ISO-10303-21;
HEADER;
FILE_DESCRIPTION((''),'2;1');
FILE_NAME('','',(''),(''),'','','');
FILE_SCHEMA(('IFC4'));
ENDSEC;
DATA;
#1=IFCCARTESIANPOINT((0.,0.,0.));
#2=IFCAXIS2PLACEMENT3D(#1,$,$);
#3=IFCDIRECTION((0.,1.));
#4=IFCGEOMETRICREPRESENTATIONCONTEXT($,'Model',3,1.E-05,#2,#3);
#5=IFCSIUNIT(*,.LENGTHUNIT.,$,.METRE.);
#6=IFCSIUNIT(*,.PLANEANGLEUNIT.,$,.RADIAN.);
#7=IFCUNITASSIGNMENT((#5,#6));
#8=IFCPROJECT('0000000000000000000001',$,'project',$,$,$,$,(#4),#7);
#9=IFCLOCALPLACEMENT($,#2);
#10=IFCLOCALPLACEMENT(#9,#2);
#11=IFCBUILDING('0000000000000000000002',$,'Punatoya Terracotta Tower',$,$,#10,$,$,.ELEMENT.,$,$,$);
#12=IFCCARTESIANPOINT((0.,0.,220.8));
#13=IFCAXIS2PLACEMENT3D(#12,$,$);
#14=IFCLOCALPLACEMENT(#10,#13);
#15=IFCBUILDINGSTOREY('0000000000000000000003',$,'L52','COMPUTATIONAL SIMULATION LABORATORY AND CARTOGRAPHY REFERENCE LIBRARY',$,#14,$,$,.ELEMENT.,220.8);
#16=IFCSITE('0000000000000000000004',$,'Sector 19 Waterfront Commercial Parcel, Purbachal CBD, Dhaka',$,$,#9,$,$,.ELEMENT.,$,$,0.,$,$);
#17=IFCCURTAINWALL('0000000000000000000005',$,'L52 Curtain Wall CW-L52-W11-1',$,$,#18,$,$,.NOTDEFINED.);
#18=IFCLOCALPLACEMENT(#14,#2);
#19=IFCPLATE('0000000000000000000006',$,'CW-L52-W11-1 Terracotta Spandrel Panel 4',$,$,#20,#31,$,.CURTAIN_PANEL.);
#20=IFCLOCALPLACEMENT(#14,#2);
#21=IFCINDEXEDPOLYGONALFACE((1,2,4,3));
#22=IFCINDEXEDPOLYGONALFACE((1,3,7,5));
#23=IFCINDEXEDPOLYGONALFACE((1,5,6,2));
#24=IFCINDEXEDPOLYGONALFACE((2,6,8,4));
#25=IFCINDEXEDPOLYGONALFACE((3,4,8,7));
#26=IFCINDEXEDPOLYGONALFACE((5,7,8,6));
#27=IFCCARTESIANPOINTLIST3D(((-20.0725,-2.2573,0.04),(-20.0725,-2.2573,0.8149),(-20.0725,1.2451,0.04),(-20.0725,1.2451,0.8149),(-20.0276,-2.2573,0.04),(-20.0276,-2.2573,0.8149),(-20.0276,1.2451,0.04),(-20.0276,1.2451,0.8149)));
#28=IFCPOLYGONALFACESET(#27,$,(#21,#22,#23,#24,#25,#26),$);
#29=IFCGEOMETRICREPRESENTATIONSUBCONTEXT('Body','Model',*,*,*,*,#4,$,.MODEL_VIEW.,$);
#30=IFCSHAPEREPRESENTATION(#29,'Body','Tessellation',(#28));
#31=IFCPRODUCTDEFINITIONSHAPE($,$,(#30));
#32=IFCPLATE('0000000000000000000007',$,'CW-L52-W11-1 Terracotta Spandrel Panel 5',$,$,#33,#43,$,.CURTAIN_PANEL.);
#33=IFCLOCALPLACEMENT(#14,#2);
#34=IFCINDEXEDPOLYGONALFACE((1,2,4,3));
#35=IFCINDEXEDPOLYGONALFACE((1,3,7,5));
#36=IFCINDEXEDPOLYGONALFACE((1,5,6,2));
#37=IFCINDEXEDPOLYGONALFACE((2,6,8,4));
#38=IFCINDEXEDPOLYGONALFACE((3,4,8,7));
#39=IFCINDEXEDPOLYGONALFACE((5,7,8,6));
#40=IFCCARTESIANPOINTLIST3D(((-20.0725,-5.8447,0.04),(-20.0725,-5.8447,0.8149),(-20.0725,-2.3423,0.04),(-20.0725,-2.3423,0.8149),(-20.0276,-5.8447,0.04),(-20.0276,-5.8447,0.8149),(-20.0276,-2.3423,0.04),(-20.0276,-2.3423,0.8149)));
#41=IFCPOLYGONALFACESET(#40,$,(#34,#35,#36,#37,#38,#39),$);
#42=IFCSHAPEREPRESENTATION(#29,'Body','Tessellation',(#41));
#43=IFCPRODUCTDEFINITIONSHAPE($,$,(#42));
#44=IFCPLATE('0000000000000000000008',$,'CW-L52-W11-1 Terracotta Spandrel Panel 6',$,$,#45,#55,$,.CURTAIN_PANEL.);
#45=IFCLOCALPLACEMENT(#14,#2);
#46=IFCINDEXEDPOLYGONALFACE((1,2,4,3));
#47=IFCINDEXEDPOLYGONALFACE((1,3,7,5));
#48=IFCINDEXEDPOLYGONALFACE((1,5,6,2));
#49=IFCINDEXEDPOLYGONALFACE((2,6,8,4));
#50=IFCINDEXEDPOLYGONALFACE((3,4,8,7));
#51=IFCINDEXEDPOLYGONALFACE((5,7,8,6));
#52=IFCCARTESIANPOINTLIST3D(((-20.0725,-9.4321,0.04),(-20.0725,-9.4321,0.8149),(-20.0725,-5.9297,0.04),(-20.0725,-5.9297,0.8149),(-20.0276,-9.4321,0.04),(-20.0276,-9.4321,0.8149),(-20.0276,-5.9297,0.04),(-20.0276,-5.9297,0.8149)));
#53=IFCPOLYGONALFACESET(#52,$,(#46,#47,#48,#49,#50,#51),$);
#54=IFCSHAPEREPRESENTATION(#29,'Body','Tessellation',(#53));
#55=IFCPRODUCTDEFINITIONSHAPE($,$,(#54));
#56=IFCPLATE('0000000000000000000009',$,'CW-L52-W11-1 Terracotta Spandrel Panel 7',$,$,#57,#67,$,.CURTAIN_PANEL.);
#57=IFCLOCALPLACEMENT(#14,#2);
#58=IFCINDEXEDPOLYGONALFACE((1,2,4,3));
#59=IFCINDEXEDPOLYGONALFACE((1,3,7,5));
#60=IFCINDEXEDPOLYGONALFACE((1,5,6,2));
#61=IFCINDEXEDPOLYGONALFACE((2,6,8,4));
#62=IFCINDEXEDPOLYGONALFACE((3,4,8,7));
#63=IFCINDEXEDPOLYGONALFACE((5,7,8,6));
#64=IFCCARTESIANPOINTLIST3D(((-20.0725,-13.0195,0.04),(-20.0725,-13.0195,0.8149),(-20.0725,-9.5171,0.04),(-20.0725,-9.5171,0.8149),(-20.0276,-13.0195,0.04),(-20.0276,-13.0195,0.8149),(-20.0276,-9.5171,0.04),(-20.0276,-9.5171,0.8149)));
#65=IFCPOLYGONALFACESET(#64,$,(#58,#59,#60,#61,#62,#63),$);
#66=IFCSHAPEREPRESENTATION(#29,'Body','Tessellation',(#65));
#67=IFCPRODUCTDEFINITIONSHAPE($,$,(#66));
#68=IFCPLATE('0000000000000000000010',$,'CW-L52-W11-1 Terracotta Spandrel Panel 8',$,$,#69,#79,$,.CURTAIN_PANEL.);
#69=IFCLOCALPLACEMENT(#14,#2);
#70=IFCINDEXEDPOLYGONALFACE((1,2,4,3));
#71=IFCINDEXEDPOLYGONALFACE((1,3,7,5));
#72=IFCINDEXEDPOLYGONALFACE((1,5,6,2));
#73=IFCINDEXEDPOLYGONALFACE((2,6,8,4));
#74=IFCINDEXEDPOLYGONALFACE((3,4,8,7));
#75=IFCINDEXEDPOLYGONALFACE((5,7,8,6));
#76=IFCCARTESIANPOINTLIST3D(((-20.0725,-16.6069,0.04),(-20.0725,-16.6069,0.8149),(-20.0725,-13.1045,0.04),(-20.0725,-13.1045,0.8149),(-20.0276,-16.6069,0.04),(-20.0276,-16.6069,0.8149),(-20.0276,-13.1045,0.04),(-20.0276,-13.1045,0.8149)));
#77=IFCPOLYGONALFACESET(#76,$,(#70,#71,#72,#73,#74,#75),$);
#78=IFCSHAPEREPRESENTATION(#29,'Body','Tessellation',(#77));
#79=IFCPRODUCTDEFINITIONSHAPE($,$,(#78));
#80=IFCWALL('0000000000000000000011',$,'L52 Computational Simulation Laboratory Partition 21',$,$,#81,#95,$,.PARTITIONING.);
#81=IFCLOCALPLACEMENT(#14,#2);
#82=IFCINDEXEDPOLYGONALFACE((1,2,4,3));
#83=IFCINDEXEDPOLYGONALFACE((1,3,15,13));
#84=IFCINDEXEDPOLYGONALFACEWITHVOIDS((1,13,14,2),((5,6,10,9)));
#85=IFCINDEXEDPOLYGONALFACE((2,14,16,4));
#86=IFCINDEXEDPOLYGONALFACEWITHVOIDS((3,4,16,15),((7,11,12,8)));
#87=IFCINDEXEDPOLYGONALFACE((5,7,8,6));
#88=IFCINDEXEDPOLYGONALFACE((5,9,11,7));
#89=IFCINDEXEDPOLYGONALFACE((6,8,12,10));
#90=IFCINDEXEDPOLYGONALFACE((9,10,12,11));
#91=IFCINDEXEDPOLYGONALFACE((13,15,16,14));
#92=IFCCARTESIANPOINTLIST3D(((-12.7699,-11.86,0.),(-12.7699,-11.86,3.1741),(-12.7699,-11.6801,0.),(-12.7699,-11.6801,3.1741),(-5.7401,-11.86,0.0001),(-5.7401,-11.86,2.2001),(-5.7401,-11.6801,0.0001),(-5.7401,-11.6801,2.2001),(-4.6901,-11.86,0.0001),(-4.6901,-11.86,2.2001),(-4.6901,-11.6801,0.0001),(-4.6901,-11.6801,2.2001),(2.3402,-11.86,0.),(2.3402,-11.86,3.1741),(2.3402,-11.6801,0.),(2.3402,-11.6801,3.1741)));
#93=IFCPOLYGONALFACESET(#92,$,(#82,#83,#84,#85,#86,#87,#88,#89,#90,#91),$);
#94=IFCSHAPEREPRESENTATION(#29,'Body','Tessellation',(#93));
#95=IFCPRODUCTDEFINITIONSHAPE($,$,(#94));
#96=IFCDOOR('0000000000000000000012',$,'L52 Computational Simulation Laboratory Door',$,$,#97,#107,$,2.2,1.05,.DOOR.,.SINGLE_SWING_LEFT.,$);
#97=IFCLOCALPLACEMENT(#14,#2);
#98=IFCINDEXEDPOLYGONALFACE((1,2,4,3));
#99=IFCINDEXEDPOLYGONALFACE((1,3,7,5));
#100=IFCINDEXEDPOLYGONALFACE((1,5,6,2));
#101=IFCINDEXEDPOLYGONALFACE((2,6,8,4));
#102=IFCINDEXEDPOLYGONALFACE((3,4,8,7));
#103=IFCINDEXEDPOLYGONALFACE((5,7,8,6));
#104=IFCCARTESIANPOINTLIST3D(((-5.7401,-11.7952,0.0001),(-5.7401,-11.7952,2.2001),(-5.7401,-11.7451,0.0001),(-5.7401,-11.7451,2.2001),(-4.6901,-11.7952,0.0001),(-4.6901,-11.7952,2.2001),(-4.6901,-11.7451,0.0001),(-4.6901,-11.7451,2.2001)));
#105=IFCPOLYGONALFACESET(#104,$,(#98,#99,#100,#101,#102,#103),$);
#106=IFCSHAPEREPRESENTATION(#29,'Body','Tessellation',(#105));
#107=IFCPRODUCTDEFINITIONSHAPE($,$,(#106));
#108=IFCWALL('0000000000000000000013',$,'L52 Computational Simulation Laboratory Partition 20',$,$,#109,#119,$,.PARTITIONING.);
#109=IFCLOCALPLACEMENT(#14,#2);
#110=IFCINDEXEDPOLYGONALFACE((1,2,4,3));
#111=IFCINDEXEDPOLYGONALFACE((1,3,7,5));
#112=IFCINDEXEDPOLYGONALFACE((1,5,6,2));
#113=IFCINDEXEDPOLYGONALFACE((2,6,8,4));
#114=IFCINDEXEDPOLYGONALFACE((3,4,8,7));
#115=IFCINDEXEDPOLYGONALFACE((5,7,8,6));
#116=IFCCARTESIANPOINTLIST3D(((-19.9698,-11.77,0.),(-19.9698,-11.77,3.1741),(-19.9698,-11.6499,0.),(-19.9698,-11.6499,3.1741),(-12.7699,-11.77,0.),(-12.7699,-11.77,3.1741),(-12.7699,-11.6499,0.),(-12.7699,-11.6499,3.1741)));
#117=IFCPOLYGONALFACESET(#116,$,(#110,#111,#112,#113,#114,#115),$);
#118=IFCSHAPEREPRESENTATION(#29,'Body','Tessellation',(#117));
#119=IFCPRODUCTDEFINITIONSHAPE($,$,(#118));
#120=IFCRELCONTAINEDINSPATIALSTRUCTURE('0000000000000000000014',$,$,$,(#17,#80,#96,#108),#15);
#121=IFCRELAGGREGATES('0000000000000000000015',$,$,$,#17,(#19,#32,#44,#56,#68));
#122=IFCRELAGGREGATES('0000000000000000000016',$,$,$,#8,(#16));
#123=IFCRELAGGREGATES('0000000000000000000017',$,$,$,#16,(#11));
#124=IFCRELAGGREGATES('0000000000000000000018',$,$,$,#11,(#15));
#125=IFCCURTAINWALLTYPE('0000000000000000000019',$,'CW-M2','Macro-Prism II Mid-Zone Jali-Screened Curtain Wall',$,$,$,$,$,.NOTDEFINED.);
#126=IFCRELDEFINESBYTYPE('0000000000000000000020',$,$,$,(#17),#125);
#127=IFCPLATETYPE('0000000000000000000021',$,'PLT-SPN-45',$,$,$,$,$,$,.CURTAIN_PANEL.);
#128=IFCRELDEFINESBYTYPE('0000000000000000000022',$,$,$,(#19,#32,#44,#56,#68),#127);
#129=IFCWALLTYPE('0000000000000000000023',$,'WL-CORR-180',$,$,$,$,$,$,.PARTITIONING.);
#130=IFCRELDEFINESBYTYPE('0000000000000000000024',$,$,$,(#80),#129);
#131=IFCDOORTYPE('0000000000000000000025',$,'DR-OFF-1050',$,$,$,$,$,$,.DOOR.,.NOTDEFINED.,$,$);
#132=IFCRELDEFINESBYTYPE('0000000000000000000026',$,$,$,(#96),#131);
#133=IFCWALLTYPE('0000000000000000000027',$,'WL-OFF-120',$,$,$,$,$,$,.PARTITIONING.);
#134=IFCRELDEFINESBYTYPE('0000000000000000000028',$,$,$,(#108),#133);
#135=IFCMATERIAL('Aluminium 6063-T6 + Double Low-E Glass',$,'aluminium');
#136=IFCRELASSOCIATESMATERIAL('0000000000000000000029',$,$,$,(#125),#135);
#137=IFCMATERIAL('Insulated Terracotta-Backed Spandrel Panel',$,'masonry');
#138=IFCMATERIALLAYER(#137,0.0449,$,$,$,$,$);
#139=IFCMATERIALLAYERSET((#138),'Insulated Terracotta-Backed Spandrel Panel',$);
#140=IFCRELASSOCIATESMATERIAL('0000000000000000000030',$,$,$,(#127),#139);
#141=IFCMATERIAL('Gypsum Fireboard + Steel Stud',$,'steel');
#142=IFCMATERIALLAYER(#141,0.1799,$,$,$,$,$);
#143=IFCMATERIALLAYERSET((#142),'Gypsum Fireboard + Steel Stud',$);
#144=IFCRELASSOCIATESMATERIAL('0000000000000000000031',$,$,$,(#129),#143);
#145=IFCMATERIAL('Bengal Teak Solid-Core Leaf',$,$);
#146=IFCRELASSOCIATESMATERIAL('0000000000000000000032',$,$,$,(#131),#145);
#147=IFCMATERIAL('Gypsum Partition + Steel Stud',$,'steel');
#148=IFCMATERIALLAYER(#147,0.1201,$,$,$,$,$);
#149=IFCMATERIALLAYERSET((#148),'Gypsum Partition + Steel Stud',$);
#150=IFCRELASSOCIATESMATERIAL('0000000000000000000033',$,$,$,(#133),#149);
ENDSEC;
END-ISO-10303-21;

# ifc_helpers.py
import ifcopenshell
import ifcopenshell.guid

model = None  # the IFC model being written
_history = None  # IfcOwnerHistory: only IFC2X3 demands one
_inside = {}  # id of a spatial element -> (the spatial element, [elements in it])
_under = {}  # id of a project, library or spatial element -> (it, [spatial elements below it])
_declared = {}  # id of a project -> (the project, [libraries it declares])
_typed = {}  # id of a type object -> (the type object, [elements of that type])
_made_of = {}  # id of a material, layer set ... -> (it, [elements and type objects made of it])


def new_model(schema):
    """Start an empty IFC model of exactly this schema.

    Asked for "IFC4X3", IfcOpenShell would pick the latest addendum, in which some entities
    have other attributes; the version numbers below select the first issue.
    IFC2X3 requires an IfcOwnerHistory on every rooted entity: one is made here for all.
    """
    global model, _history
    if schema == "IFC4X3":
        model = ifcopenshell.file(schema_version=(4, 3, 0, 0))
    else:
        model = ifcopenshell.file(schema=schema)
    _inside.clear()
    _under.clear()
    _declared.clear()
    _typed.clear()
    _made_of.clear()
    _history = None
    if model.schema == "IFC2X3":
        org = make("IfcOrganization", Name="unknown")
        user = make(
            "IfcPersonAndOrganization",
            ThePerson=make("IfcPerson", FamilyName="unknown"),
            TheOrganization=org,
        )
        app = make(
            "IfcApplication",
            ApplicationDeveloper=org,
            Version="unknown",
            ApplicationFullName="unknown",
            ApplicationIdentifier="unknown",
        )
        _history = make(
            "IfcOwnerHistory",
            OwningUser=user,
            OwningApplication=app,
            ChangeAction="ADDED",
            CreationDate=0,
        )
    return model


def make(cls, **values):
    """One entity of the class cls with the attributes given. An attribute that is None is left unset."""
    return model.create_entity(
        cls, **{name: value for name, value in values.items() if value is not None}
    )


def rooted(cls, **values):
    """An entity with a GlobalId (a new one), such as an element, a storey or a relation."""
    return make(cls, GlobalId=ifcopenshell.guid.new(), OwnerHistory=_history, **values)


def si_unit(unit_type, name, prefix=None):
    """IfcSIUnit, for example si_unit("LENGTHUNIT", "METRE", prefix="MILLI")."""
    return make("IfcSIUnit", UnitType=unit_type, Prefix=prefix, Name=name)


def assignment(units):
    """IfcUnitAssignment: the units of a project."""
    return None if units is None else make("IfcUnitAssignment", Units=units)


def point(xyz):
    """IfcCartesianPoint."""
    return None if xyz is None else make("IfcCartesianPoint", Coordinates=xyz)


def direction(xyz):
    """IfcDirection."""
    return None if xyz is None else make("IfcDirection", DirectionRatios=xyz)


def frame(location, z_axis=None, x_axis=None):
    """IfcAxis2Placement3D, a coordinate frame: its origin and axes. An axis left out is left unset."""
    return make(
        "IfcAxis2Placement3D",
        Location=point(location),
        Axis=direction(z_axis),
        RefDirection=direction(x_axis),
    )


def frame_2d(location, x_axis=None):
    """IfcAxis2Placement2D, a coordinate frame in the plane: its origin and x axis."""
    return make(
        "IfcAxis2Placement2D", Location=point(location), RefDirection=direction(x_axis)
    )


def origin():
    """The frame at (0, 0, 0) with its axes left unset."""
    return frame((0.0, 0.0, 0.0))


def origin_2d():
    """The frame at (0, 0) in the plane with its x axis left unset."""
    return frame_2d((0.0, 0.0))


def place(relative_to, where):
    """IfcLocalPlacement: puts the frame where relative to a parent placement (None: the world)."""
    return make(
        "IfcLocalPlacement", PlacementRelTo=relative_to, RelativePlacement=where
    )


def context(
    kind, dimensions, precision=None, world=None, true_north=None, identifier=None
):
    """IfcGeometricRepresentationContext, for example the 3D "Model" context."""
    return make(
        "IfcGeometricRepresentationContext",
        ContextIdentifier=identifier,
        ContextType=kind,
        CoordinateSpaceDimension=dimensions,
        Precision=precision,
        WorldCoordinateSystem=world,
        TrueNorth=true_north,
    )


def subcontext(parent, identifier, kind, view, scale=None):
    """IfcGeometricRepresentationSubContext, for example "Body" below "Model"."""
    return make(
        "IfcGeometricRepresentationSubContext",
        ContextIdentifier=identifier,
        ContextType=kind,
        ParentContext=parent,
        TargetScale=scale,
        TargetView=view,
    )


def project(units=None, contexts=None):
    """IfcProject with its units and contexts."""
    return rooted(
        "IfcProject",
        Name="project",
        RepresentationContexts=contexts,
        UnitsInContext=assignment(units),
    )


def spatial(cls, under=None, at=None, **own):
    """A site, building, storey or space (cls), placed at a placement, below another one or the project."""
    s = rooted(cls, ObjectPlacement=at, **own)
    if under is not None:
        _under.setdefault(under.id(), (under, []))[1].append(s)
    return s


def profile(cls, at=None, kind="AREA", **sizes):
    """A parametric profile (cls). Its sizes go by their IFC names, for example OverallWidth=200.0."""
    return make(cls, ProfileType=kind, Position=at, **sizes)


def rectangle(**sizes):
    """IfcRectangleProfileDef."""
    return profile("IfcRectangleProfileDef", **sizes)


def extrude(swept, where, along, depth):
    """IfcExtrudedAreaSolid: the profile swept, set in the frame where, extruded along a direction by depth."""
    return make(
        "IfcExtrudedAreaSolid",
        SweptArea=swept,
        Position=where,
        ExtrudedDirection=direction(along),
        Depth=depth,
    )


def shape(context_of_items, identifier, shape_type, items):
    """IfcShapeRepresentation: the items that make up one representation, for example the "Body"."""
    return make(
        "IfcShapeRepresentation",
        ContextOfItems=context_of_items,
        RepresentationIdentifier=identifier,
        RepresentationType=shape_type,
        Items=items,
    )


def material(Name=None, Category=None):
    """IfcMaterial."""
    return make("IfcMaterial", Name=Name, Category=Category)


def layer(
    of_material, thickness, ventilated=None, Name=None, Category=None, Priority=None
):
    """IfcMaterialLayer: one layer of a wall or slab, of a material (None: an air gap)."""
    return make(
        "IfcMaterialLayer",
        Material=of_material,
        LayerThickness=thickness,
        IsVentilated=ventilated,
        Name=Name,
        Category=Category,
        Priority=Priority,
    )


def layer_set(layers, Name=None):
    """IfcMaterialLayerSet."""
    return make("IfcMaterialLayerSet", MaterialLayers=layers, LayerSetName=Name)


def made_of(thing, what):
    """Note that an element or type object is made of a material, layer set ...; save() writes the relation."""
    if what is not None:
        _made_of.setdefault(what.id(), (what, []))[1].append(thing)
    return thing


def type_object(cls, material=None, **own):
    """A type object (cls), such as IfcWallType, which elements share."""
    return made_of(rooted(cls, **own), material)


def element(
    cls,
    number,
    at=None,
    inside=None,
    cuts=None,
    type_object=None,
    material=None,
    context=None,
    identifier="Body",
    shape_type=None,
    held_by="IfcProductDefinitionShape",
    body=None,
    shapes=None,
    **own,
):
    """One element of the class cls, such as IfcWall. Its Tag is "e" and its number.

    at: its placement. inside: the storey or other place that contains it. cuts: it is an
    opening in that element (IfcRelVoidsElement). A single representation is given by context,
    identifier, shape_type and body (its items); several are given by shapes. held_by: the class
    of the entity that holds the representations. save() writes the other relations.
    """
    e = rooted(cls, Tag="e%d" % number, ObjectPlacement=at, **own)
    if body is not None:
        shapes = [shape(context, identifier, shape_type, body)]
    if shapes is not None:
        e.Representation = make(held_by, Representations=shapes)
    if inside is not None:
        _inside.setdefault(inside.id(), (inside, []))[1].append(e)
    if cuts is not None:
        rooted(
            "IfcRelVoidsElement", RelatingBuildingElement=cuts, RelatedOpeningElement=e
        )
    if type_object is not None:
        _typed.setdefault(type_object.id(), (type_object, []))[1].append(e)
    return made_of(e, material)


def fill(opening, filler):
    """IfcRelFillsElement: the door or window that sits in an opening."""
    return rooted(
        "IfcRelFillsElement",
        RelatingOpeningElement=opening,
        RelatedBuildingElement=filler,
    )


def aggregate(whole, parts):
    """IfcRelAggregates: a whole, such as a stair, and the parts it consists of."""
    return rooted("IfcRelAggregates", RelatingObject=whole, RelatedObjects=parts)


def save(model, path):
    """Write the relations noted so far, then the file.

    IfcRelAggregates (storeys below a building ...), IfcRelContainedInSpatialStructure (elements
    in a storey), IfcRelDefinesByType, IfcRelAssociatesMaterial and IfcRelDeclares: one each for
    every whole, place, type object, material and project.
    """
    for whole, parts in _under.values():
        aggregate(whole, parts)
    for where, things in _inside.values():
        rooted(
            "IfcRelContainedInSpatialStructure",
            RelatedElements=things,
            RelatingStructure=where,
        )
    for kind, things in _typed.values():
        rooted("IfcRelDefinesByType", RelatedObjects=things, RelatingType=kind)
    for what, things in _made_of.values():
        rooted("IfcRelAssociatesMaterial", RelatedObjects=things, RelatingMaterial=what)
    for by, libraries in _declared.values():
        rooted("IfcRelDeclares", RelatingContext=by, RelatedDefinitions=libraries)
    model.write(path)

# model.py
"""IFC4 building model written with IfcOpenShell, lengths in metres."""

from ifc_helpers import new_model, si_unit, direction, frame, frame_2d, origin, origin_2d, place, context, subcontext, project, spatial, rectangle, extrude, material, layer, layer_set, type_object, element, fill, aggregate, save


model = new_model("IFC4")

# Units and contexts
model_context = context("Model", 3, precision=1e-05, world=origin(), true_north=direction((0.0, 1.0)))
body_context = subcontext(model_context, "Body", "Model", "MODEL_VIEW")
ifc_project = project(units=[si_unit("LENGTHUNIT", "METRE"), si_unit("PLANEANGLEUNIT", "RADIAN")], contexts=[model_context])

# Site, building, storey
site_placement = place(None, origin())
site = spatial("IfcSite", under=ifc_project, at=site_placement, Name="Sector 19 Waterfront Commercial Parcel, Purbachal CBD, Dhaka", CompositionType="ELEMENT", RefElevation=0.0)
building_placement = place(site_placement, origin())
building = spatial("IfcBuilding", under=site, at=building_placement, Name="Punatoya Terracotta Tower", CompositionType="ELEMENT")
storey_placement = place(building_placement, frame((0.0, 0.0, 220.8)))
storey = spatial("IfcBuildingStorey", under=building, at=storey_placement, Name="L52", Description="COMPUTATIONAL SIMULATION LABORATORY AND CARTOGRAPHY REFERENCE LIBRARY", CompositionType="ELEMENT", Elevation=220.8)

# Curtain wall, plates
ifc_material_1 = material(Name="Aluminium 6063-T6 + Double Low-E Glass", Category="aluminium")
curtain_wall_type = type_object("IfcCurtainWallType", Name="CW-M2", Description="Macro-Prism II Mid-Zone Jali-Screened Curtain Wall", PredefinedType="NOTDEFINED", material=ifc_material_1)
curtain_wall_placement = place(storey_placement, origin())
curtain_wall = element("IfcCurtainWall", 1, at=curtain_wall_placement, inside=storey, type_object=curtain_wall_type, Name="L52 Curtain Wall CW-L52-W11-1", PredefinedType="NOTDEFINED")
ifc_material_2 = material(Name="Insulated Terracotta-Backed Spandrel Panel", Category="masonry")
ifc_layer_1 = layer(ifc_material_2, 0.0449)
ifc_layer_set_1 = layer_set([ifc_layer_1], Name="Insulated Terracotta-Backed Spandrel Panel")
plate_type_1 = type_object("IfcPlateType", Name="PLT-SPN-45", PredefinedType="CURTAIN_PANEL", material=ifc_layer_set_1)
plate_1_placement = place(storey_placement, frame((-20.05, -0.5061, 0.04), z_axis=(0.0, 0.0, 1.0), x_axis=(0.0, -1.0, 0.0)))
plate_1 = element("IfcPlate", 2, at=plate_1_placement, type_object=plate_type_1, Name="CW-L52-W11-1 Terracotta Spandrel Panel 4", PredefinedType="CURTAIN_PANEL", context=body_context, shape_type="SweptSolid", body=[
    extrude(rectangle(XDim=3.5024, YDim=0.0449, at=origin_2d()), origin(), (0.0, 0.0, 1.0), 0.7749),
])
plate_2_placement = place(storey_placement, frame((-20.05, -4.0935, 0.04), z_axis=(0.0, 0.0, 1.0), x_axis=(0.0, -1.0, 0.0)))
plate_2 = element("IfcPlate", 3, at=plate_2_placement, type_object=plate_type_1, Name="CW-L52-W11-1 Terracotta Spandrel Panel 5", PredefinedType="CURTAIN_PANEL", context=body_context, shape_type="SweptSolid", body=[
    extrude(rectangle(XDim=3.5024, YDim=0.0449, at=origin_2d()), origin(), (0.0, 0.0, 1.0), 0.7749),
])
plate_3_placement = place(storey_placement, frame((-20.05, -7.6809, 0.04), z_axis=(0.0, 0.0, 1.0), x_axis=(0.0, -1.0, 0.0)))
plate_3 = element("IfcPlate", 4, at=plate_3_placement, type_object=plate_type_1, Name="CW-L52-W11-1 Terracotta Spandrel Panel 6", PredefinedType="CURTAIN_PANEL", context=body_context, shape_type="SweptSolid", body=[
    extrude(rectangle(XDim=3.5024, YDim=0.0449, at=origin_2d()), origin(), (0.0, 0.0, 1.0), 0.7749),
])
plate_4_placement = place(storey_placement, frame((-20.05, -11.2683, 0.04), z_axis=(0.0, 0.0, 1.0), x_axis=(0.0, -1.0, 0.0)))
plate_4 = element("IfcPlate", 5, at=plate_4_placement, type_object=plate_type_1, Name="CW-L52-W11-1 Terracotta Spandrel Panel 7", PredefinedType="CURTAIN_PANEL", context=body_context, shape_type="SweptSolid", body=[
    extrude(rectangle(XDim=3.5024, YDim=0.0449, at=origin_2d()), origin(), (0.0, 0.0, 1.0), 0.7749),
])
plate_5_placement = place(storey_placement, frame((-20.05, -14.8557, 0.04), z_axis=(0.0, 0.0, 1.0), x_axis=(0.0, -1.0, 0.0)))
plate_5 = element("IfcPlate", 6, at=plate_5_placement, type_object=plate_type_1, Name="CW-L52-W11-1 Terracotta Spandrel Panel 8", PredefinedType="CURTAIN_PANEL", context=body_context, shape_type="SweptSolid", body=[
    extrude(rectangle(XDim=3.5024, YDim=0.0449, at=origin_2d()), origin(), (0.0, 0.0, 1.0), 0.7749),
])
aggregate(curtain_wall, [plate_1, plate_2, plate_3, plate_4, plate_5])

# Wall, opening, door
ifc_material_3 = material(Name="Gypsum Fireboard + Steel Stud", Category="steel")
ifc_layer_2 = layer(ifc_material_3, 0.1799)
ifc_layer_set_2 = layer_set([ifc_layer_2], Name="Gypsum Fireboard + Steel Stud")
wall_type_1 = type_object("IfcWallType", Name="WL-CORR-180", PredefinedType="PARTITIONING", material=ifc_layer_set_2)
wall_1_placement = place(storey_placement, frame((-12.77, -11.77, 0.0), z_axis=(0.0, 0.0, 1.0), x_axis=(1.0, 0.0, 0.0)))
wall_1 = element("IfcWall", 7, at=wall_1_placement, inside=storey, type_object=wall_type_1, Name="L52 Computational Simulation Laboratory Partition 21", PredefinedType="PARTITIONING", context=body_context, shape_type="SweptSolid", body=[
    extrude(rectangle(XDim=15.1101, YDim=0.1799, at=frame_2d((7.5552, 0.0))), origin(), (0.0, 0.0, 1.0), 3.1741),
])
opening_placement = place(wall_1_placement, frame((7.03, 0.0, 0.0)))
opening = element("IfcOpeningElement", 8, at=opening_placement, cuts=wall_1, PredefinedType="OPENING", context=body_context, shape_type="SweptSolid", body=[
    extrude(rectangle(XDim=1.05, YDim=2.2, at=frame_2d((0.5249, 1.1001))), frame((0.0, 0.0999, 0.0), z_axis=(0.0, -1.0, 0.0), x_axis=(1.0, 0.0, 0.0)), (0.0, 0.0, 1.0), 0.2),
])
ifc_material_4 = material(Name="Bengal Teak Solid-Core Leaf")
door_type = type_object("IfcDoorType", Name="DR-OFF-1050", OperationType="NOTDEFINED", PredefinedType="DOOR", material=ifc_material_4)
door_placement = place(opening_placement, origin())
door = element("IfcDoor", 9, at=door_placement, inside=storey, type_object=door_type, Name="L52 Computational Simulation Laboratory Door", OperationType="SINGLE_SWING_LEFT", OverallHeight=2.2, OverallWidth=1.05, PredefinedType="DOOR", context=body_context, shape_type="SweptSolid", body=[
    extrude(rectangle(XDim=1.05, YDim=2.2, at=frame_2d((0.5249, 1.1001))), frame((0.0, 0.0249, 0.0), z_axis=(0.0, -1.0, 0.0), x_axis=(1.0, 0.0, 0.0)), (0.0, 0.0, 1.0), 0.05),
])
fill(opening, door)

# Wall
ifc_material_5 = material(Name="Gypsum Partition + Steel Stud", Category="steel")
ifc_layer_3 = layer(ifc_material_5, 0.1201)
ifc_layer_set_3 = layer_set([ifc_layer_3], Name="Gypsum Partition + Steel Stud")
wall_type_2 = type_object("IfcWallType", Name="WL-OFF-120", PredefinedType="PARTITIONING", material=ifc_layer_set_3)
wall_2_placement = place(storey_placement, frame((-19.97, -11.71, 0.0), z_axis=(0.0, 0.0, 1.0), x_axis=(1.0, 0.0, 0.0)))
element("IfcWall", 10, at=wall_2_placement, inside=storey, type_object=wall_type_2, Name="L52 Computational Simulation Laboratory Partition 20", PredefinedType="PARTITIONING", context=body_context, shape_type="SweptSolid", body=[
    extrude(rectangle(XDim=7.2, YDim=0.1201, at=frame_2d((3.6001, 0.0))), origin(), (0.0, 0.0, 1.0), 3.1741),
])

save(model, "model.ifc")
